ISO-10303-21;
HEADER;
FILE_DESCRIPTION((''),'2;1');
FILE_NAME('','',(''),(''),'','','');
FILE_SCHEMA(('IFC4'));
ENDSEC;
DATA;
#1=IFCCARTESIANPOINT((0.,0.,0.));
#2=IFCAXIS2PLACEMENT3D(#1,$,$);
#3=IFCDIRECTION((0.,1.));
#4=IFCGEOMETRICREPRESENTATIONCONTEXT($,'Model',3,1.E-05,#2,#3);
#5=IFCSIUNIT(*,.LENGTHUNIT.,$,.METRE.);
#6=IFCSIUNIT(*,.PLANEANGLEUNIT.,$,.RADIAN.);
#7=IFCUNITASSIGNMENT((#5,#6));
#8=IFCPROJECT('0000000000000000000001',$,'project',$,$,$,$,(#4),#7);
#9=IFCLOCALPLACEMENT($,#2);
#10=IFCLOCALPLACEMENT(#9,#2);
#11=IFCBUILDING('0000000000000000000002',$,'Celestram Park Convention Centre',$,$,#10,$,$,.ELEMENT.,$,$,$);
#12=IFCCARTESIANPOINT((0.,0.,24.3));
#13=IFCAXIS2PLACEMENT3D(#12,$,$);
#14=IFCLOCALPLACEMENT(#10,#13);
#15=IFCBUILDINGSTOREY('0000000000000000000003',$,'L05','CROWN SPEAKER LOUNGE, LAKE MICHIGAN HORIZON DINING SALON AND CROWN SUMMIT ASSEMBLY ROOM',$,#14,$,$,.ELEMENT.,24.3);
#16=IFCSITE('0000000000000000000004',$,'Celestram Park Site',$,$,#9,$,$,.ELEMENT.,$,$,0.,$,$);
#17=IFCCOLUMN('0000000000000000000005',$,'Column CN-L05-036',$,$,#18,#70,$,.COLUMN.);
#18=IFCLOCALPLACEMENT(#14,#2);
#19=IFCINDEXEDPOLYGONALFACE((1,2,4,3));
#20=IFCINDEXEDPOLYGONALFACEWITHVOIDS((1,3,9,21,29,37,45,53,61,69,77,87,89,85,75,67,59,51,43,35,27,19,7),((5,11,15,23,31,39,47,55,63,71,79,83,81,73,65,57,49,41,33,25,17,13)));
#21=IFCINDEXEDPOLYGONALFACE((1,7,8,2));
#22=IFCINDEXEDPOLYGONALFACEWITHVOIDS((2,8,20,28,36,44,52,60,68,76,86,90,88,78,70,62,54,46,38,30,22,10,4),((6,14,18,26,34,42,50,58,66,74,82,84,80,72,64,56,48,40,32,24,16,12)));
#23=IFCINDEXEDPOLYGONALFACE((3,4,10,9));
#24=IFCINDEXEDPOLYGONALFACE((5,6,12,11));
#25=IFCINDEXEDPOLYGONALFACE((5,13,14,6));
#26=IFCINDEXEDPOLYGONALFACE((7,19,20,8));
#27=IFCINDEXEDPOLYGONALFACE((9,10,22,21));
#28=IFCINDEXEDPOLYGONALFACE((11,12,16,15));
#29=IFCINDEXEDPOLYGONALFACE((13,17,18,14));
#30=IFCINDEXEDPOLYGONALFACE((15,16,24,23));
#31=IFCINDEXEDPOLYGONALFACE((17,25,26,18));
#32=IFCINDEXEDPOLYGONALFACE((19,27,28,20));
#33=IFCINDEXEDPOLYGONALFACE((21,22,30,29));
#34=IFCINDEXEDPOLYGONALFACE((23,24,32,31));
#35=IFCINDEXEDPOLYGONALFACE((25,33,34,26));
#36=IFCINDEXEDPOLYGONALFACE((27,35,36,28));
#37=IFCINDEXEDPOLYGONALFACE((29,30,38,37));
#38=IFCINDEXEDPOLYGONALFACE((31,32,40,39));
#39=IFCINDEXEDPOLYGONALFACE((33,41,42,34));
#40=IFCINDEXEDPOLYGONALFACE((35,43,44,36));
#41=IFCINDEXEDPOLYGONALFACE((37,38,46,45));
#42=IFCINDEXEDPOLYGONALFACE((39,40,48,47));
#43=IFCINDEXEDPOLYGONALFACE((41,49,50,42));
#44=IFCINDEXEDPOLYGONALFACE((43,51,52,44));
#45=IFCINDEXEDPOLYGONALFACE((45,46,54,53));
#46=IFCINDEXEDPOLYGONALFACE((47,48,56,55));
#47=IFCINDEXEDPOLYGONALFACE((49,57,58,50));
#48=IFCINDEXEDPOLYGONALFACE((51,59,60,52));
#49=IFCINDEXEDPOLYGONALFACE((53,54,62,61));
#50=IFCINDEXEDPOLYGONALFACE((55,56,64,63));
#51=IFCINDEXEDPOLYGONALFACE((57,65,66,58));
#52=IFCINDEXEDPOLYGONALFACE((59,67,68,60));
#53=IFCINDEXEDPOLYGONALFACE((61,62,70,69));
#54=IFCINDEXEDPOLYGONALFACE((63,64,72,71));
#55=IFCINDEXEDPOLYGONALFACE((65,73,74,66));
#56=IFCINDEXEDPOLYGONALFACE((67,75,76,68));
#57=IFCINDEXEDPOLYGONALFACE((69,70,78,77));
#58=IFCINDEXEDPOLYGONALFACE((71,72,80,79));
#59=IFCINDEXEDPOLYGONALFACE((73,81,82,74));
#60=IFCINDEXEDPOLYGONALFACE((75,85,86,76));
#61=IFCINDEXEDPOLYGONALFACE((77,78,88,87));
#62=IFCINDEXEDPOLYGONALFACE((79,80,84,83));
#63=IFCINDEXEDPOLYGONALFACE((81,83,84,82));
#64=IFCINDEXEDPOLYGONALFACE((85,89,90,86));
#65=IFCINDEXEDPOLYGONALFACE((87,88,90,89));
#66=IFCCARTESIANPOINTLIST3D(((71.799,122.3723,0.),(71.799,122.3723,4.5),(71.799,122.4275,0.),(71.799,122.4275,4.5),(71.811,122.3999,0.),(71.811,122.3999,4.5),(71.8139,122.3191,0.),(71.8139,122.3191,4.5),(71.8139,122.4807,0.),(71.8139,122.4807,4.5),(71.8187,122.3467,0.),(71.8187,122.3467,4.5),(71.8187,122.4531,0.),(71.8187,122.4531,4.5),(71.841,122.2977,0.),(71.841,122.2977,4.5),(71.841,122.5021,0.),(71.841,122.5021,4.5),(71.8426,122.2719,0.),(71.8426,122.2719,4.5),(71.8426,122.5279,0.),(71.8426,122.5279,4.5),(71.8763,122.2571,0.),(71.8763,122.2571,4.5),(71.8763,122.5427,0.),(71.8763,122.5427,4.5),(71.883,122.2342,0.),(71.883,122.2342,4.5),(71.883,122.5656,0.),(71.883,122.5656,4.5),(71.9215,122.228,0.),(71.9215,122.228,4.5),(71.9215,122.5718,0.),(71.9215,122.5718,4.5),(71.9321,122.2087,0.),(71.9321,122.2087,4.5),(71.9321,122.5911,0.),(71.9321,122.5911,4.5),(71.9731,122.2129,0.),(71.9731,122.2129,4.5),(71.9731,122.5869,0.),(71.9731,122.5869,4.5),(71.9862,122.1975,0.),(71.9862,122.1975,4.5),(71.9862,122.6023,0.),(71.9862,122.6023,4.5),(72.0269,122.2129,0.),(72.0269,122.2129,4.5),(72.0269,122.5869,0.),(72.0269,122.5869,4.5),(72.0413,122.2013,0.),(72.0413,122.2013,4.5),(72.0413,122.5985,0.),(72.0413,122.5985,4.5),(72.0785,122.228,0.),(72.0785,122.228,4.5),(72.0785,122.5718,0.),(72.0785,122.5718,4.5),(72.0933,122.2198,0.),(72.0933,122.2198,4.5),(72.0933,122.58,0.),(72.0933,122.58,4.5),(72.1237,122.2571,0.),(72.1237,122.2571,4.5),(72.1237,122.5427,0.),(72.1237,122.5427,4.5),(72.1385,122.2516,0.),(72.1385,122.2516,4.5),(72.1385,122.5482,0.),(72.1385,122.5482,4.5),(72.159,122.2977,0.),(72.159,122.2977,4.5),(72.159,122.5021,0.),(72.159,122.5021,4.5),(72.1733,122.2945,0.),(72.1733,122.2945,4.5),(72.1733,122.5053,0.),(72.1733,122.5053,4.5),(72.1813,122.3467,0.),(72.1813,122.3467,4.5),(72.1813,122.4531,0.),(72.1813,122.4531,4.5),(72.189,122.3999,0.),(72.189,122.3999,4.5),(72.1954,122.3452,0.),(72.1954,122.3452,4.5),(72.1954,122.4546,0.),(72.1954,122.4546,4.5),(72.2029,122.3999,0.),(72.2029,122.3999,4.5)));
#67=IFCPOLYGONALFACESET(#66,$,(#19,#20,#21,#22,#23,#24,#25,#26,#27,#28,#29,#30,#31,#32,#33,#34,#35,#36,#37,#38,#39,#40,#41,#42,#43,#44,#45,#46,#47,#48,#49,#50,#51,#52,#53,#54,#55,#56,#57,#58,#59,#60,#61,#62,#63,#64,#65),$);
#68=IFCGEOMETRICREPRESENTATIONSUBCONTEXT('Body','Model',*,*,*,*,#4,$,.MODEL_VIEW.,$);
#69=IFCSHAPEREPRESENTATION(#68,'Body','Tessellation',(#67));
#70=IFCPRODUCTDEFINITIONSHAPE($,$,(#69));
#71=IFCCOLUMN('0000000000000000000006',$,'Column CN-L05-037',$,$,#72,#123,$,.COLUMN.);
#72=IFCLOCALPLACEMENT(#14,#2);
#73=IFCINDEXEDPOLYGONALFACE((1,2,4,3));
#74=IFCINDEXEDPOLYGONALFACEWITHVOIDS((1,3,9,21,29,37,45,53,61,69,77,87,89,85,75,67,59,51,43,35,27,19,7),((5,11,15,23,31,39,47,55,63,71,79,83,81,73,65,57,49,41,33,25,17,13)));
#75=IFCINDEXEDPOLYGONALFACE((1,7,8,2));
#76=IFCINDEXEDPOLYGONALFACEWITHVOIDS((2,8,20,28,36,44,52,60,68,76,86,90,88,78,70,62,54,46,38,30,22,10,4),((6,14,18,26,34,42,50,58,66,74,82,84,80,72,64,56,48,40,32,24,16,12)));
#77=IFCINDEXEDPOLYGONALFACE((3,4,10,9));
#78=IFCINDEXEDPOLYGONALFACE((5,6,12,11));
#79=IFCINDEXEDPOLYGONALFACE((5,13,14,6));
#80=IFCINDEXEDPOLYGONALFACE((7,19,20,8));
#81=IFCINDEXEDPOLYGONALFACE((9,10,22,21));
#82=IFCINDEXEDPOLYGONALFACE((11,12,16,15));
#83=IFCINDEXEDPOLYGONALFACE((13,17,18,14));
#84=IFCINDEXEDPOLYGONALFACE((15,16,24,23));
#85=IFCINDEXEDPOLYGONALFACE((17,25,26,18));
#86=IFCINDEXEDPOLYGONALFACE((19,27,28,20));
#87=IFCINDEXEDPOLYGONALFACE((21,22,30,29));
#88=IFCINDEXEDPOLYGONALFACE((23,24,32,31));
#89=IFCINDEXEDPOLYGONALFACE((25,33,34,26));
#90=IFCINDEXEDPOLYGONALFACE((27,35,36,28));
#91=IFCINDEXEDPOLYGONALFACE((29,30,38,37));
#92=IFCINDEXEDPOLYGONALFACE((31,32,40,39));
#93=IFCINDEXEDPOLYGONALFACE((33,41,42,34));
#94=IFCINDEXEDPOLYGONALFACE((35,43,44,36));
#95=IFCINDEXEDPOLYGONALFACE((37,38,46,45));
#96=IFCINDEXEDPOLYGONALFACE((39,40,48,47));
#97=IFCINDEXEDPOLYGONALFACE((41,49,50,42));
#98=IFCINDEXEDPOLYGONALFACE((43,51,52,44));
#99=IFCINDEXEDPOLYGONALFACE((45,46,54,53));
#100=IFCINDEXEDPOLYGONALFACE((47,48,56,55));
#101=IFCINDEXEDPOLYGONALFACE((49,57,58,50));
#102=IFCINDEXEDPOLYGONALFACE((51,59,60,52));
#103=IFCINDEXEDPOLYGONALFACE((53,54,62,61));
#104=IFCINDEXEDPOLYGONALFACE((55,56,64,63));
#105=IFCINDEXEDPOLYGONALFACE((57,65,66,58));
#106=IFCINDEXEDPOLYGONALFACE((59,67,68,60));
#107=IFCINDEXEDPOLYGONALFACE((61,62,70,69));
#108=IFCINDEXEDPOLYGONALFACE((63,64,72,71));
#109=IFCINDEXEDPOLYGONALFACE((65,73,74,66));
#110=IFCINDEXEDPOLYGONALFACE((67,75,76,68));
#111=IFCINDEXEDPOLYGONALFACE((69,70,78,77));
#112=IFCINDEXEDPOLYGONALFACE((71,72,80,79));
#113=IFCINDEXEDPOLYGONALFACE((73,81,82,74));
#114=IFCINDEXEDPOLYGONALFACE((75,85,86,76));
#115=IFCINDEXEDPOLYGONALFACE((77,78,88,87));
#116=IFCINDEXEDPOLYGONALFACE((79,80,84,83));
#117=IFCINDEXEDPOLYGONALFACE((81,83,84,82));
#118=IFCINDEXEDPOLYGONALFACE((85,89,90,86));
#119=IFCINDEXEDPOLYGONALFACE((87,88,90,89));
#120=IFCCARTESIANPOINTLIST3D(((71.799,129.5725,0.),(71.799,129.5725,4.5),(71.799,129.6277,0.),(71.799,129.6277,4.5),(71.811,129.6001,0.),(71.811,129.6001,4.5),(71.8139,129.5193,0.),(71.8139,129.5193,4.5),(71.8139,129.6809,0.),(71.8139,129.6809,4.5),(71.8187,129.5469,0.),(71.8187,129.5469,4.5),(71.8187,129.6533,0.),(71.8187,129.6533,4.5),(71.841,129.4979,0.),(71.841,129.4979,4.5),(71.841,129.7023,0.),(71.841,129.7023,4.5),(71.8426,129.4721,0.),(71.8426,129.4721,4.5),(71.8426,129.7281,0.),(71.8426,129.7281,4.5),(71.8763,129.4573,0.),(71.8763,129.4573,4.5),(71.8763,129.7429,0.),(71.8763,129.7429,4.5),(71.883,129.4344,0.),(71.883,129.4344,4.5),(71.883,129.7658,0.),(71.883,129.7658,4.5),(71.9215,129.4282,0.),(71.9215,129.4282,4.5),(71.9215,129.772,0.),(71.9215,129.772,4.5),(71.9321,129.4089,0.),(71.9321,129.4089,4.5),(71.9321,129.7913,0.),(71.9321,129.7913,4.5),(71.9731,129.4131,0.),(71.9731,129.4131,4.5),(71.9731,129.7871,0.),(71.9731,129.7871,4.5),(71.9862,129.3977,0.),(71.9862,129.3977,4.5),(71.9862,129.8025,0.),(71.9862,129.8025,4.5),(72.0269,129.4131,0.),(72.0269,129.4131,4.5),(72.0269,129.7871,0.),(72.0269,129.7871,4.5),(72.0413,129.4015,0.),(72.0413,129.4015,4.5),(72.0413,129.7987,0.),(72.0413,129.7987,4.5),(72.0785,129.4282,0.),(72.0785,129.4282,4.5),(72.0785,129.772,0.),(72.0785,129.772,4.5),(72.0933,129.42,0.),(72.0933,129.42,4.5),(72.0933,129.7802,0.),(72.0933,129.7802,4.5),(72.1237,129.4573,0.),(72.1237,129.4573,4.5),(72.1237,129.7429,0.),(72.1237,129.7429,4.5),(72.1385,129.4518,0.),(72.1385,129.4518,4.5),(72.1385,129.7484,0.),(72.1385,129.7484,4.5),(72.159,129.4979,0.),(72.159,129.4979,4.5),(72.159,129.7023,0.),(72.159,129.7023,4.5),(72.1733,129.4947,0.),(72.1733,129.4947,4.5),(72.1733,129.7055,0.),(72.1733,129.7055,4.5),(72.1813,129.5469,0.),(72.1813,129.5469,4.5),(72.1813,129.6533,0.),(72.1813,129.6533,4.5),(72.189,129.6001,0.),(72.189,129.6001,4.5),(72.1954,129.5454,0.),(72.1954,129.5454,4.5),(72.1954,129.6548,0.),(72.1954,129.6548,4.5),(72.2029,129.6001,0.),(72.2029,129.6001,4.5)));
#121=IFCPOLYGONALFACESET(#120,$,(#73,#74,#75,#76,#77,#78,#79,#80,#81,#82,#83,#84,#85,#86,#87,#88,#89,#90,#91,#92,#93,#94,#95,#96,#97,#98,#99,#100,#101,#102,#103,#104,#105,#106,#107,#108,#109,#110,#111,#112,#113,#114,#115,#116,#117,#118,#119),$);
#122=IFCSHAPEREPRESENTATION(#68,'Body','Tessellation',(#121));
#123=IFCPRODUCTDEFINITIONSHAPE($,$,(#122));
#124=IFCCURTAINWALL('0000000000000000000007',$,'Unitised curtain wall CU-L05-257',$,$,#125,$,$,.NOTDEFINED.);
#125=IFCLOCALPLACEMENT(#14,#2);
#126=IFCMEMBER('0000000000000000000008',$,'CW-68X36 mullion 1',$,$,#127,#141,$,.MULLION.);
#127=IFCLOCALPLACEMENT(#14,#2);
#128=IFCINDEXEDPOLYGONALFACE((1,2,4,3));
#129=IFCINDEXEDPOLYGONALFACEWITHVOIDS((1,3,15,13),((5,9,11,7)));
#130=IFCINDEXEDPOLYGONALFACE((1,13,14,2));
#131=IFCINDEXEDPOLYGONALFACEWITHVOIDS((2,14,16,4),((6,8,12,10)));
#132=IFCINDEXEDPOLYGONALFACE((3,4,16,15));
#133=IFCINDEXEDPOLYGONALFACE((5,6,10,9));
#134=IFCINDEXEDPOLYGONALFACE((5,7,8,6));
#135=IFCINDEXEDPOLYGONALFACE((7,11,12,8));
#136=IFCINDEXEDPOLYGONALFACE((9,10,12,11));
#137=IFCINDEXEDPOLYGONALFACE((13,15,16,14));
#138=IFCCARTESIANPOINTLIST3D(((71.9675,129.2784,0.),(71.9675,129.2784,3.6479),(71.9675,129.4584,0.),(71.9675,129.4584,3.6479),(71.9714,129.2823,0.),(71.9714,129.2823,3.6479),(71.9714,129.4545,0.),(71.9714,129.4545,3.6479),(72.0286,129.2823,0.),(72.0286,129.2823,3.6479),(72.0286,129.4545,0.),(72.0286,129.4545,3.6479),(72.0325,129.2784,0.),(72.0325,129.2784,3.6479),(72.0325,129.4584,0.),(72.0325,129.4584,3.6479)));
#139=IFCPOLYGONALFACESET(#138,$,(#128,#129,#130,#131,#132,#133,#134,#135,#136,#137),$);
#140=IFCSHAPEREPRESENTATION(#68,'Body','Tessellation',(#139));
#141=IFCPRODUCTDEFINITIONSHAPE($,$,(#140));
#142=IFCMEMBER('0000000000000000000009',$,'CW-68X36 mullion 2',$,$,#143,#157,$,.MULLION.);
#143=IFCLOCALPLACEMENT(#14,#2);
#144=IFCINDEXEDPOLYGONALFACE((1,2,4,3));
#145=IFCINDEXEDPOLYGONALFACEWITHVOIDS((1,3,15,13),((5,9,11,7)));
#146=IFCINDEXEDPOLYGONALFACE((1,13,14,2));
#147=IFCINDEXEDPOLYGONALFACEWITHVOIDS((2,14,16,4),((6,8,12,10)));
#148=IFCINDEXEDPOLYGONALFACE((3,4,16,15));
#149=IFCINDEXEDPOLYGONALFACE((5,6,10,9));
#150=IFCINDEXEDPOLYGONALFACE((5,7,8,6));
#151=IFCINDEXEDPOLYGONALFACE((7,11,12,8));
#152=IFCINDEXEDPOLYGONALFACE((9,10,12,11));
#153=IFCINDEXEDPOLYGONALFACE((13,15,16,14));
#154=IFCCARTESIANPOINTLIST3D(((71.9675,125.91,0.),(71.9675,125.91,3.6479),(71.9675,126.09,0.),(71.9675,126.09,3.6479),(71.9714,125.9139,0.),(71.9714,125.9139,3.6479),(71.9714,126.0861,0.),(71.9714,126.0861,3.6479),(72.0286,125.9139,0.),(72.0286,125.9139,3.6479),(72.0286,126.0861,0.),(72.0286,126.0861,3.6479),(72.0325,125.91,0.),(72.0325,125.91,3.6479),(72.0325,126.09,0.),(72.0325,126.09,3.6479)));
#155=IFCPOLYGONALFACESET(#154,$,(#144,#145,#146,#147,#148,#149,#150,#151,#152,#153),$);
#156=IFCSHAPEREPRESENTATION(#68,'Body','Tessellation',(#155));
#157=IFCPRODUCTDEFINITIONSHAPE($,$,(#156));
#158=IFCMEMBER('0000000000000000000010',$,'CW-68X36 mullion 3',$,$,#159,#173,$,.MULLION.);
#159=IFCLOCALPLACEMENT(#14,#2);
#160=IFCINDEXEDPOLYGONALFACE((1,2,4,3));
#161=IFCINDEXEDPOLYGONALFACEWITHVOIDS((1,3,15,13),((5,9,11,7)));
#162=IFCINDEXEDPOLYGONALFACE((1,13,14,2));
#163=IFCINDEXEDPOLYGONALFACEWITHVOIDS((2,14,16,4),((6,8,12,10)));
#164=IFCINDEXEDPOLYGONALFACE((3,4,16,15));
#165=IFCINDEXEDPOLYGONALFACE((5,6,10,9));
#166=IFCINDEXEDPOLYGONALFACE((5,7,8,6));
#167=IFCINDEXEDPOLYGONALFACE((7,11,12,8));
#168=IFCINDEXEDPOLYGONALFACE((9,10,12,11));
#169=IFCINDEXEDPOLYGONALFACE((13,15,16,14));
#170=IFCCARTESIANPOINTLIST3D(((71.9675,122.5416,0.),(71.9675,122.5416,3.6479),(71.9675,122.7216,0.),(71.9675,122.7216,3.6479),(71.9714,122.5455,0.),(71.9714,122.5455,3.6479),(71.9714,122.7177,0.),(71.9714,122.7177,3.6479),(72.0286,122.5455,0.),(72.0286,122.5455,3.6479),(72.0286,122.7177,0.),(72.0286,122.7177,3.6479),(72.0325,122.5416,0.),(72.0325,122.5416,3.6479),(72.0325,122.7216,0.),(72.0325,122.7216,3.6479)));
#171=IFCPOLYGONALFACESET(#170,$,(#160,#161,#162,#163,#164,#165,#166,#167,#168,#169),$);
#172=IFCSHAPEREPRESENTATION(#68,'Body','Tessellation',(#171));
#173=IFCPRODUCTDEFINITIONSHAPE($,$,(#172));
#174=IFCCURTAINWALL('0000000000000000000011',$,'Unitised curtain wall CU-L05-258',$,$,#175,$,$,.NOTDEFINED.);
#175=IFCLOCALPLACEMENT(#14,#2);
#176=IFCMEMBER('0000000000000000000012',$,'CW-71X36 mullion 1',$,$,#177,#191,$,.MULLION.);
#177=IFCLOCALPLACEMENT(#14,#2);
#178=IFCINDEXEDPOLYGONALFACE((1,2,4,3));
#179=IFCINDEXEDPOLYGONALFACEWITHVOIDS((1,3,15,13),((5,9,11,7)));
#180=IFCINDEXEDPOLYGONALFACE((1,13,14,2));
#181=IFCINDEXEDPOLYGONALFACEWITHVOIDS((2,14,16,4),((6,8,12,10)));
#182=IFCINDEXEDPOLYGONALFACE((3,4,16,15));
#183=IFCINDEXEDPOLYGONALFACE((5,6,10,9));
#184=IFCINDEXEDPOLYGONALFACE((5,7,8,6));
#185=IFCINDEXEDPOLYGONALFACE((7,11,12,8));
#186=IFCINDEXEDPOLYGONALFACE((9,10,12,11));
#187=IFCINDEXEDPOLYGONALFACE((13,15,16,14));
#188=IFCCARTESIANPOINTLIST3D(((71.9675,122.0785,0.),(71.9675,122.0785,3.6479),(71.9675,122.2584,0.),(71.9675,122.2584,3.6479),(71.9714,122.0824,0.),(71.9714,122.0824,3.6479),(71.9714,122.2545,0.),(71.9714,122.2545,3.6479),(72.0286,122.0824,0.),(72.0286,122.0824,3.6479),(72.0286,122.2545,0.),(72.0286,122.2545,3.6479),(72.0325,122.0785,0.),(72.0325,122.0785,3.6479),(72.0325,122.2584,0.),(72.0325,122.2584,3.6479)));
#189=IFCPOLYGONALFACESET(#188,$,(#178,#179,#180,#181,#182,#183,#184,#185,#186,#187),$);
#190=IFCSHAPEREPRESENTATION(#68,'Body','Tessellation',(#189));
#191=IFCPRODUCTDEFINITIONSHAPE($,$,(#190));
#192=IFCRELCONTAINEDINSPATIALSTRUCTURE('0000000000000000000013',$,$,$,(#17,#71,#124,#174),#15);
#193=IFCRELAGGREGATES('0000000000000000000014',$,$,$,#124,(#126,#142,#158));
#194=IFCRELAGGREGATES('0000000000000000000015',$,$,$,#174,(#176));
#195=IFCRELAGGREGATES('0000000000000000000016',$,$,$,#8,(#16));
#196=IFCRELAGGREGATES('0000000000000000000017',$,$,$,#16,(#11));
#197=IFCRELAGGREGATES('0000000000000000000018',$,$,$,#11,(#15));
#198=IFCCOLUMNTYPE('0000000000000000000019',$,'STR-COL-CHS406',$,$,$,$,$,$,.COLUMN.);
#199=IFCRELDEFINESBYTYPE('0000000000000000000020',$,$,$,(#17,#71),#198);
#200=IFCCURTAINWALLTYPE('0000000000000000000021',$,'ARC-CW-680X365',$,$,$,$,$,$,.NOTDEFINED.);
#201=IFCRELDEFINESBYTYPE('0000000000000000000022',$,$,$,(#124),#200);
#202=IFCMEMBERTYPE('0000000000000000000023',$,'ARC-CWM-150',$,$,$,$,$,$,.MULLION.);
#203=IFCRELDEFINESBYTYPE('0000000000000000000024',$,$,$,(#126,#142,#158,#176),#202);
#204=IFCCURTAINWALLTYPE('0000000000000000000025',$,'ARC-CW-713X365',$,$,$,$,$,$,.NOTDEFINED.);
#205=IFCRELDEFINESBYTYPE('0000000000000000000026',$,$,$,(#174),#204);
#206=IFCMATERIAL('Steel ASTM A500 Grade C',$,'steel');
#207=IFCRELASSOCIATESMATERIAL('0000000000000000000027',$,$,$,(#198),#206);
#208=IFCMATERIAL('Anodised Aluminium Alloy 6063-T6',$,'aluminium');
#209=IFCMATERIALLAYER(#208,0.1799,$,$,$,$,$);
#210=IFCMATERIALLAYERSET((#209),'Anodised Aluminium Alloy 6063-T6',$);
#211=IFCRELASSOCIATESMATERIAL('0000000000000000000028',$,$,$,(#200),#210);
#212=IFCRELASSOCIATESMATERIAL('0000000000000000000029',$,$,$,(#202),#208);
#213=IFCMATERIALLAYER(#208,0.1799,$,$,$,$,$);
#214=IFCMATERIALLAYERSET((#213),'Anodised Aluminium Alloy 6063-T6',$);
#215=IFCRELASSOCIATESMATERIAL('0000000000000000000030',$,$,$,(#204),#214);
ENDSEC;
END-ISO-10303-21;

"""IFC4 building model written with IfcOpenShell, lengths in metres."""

from ifc_helpers import new_model, si_unit, direction, frame, origin, origin_2d, place, context, subcontext, project, spatial, hollow_rectangle, hollow_circle, extrude, material, layer, layer_set, material_profile, profile_set, type_object, element, aggregate, save


model = new_model("IFC4")

# Units and contexts
model_context = context("Model", 3, precision=1e-05, world=origin(), true_north=direction((0.0, 1.0)))
body_context = subcontext(model_context, "Body", "Model", "MODEL_VIEW")
ifc_project = project(units=[si_unit("LENGTHUNIT", "METRE"), si_unit("PLANEANGLEUNIT", "RADIAN")], contexts=[model_context])

# Site, building, storey
site_placement = place(None, origin())
site = spatial("IfcSite", under=ifc_project, at=site_placement, Name="Celestram Park Site", CompositionType="ELEMENT", RefElevation=0.0)
building_placement = place(site_placement, origin())
building = spatial("IfcBuilding", under=site, at=building_placement, Name="Celestram Park Convention Centre", CompositionType="ELEMENT")
storey_placement = place(building_placement, frame((0.0, 0.0, 24.3)))
storey = spatial("IfcBuildingStorey", under=building, at=storey_placement, Name="L05", Description="CROWN SPEAKER LOUNGE, LAKE MICHIGAN HORIZON DINING SALON AND CROWN SUMMIT ASSEMBLY ROOM", CompositionType="ELEMENT", Elevation=24.3)

# Columns
ifc_material_1 = material(Name="Steel ASTM A500 Grade C", Category="steel")
ifc_material_profile_1 = material_profile(ifc_material_1, hollow_circle(Radius=0.2029, WallThickness=0.0139, at=origin_2d()), Name="CHS406X14")
ifc_profile_set_1 = profile_set([ifc_material_profile_1], Name="Steel ASTM A500 Grade C")
column_type = type_object("IfcColumnType", Name="STR-COL-CHS406", PredefinedType="COLUMN", material=ifc_profile_set_1)
for number, where, z_axis, x_axis, name in (
    (1, (72.0, 122.3999, 0.0), (0.0, 0.0, 1.0), (1.0, 0.0, 0.0), "Column CN-L05-036"),
    (2, (72.0, 129.6001, 0.0), (0.0, 0.0, 1.0), (1.0, 0.0, 0.0), "Column CN-L05-037"),
):
    element("IfcColumn", number, at=place(storey_placement, frame(where, z_axis=z_axis, x_axis=x_axis)), inside=storey, type_object=column_type, Name=name, PredefinedType="COLUMN", context=body_context, shape_type="SweptSolid", body=[
        extrude(hollow_circle(Radius=0.2029, WallThickness=0.0139, at=origin_2d()), origin(), (0.0, 0.0, 1.0), 4.5),
    ])

# Curtain wall, members
ifc_material_2 = material(Name="Anodised Aluminium Alloy 6063-T6", Category="aluminium")
ifc_layer_1 = layer(ifc_material_2, 0.1799)
ifc_layer_set_1 = layer_set([ifc_layer_1], Name="Anodised Aluminium Alloy 6063-T6")
curtain_wall_type_1 = type_object("IfcCurtainWallType", Name="ARC-CW-680X365", PredefinedType="NOTDEFINED", material=ifc_layer_set_1)
curtain_wall_1_placement = place(storey_placement, origin())
curtain_wall_1 = element("IfcCurtainWall", 3, at=curtain_wall_1_placement, inside=storey, type_object=curtain_wall_type_1, Name="Unitised curtain wall CU-L05-257", PredefinedType="NOTDEFINED")
ifc_material_profile_2 = material_profile(ifc_material_2, hollow_rectangle(XDim=0.0649, YDim=0.1799, WallThickness=0.0039, at=origin_2d()), Name="ALU65X180X4")
ifc_profile_set_2 = profile_set([ifc_material_profile_2], Name="Anodised Aluminium Alloy 6063-T6")
member_type_1 = type_object("IfcMemberType", Name="ARC-CWM-150", PredefinedType="MULLION", material=ifc_profile_set_2)
member_1_placement = place(storey_placement, frame((72.0, 129.3684, 0.0), z_axis=(0.0, 0.0, 1.0), x_axis=(1.0, 0.0, 0.0)))
member_1 = element("IfcMember", 4, at=member_1_placement, type_object=member_type_1, Name="CW-68X36 mullion 1", PredefinedType="MULLION", context=body_context, shape_type="SweptSolid", body=[
    extrude(hollow_rectangle(XDim=0.0649, YDim=0.1799, WallThickness=0.0039, at=origin_2d()), origin(), (0.0, 0.0, 1.0), 3.6479),
])
member_2_placement = place(storey_placement, frame((72.0, 126.0, 0.0), z_axis=(0.0, 0.0, 1.0), x_axis=(1.0, 0.0, 0.0)))
member_2 = element("IfcMember", 5, at=member_2_placement, type_object=member_type_1, Name="CW-68X36 mullion 2", PredefinedType="MULLION", context=body_context, shape_type="SweptSolid", body=[
    extrude(hollow_rectangle(XDim=0.0649, YDim=0.1799, WallThickness=0.0039, at=origin_2d()), origin(), (0.0, 0.0, 1.0), 3.6479),
])
member_3_placement = place(storey_placement, frame((72.0, 122.6316, 0.0), z_axis=(0.0, 0.0, 1.0), x_axis=(1.0, 0.0, 0.0)))
member_3 = element("IfcMember", 6, at=member_3_placement, type_object=member_type_1, Name="CW-68X36 mullion 3", PredefinedType="MULLION", context=body_context, shape_type="SweptSolid", body=[
    extrude(hollow_rectangle(XDim=0.0649, YDim=0.1799, WallThickness=0.0039, at=origin_2d()), origin(), (0.0, 0.0, 1.0), 3.6479),
])

# Curtain wall, member
ifc_layer_2 = layer(ifc_material_2, 0.1799)
ifc_layer_set_2 = layer_set([ifc_layer_2], Name="Anodised Aluminium Alloy 6063-T6")
curtain_wall_type_2 = type_object("IfcCurtainWallType", Name="ARC-CW-713X365", PredefinedType="NOTDEFINED", material=ifc_layer_set_2)
curtain_wall_2_placement = place(storey_placement, origin())
curtain_wall_2 = element("IfcCurtainWall", 7, at=curtain_wall_2_placement, inside=storey, type_object=curtain_wall_type_2, Name="Unitised curtain wall CU-L05-258", PredefinedType="NOTDEFINED")
member_4_placement = place(storey_placement, frame((72.0, 122.1685, 0.0), z_axis=(0.0, 0.0, 1.0), x_axis=(1.0, 0.0, 0.0)))
member_4 = element("IfcMember", 8, at=member_4_placement, type_object=member_type_1, Name="CW-71X36 mullion 1", PredefinedType="MULLION", context=body_context, shape_type="SweptSolid", body=[
    extrude(hollow_rectangle(XDim=0.0649, YDim=0.1799, WallThickness=0.0039, at=origin_2d()), origin(), (0.0, 0.0, 1.0), 3.6479),
])

aggregate(curtain_wall_1, [member_1, member_2, member_3])
aggregate(curtain_wall_2, [member_4])

save(model, "model.ifc")
